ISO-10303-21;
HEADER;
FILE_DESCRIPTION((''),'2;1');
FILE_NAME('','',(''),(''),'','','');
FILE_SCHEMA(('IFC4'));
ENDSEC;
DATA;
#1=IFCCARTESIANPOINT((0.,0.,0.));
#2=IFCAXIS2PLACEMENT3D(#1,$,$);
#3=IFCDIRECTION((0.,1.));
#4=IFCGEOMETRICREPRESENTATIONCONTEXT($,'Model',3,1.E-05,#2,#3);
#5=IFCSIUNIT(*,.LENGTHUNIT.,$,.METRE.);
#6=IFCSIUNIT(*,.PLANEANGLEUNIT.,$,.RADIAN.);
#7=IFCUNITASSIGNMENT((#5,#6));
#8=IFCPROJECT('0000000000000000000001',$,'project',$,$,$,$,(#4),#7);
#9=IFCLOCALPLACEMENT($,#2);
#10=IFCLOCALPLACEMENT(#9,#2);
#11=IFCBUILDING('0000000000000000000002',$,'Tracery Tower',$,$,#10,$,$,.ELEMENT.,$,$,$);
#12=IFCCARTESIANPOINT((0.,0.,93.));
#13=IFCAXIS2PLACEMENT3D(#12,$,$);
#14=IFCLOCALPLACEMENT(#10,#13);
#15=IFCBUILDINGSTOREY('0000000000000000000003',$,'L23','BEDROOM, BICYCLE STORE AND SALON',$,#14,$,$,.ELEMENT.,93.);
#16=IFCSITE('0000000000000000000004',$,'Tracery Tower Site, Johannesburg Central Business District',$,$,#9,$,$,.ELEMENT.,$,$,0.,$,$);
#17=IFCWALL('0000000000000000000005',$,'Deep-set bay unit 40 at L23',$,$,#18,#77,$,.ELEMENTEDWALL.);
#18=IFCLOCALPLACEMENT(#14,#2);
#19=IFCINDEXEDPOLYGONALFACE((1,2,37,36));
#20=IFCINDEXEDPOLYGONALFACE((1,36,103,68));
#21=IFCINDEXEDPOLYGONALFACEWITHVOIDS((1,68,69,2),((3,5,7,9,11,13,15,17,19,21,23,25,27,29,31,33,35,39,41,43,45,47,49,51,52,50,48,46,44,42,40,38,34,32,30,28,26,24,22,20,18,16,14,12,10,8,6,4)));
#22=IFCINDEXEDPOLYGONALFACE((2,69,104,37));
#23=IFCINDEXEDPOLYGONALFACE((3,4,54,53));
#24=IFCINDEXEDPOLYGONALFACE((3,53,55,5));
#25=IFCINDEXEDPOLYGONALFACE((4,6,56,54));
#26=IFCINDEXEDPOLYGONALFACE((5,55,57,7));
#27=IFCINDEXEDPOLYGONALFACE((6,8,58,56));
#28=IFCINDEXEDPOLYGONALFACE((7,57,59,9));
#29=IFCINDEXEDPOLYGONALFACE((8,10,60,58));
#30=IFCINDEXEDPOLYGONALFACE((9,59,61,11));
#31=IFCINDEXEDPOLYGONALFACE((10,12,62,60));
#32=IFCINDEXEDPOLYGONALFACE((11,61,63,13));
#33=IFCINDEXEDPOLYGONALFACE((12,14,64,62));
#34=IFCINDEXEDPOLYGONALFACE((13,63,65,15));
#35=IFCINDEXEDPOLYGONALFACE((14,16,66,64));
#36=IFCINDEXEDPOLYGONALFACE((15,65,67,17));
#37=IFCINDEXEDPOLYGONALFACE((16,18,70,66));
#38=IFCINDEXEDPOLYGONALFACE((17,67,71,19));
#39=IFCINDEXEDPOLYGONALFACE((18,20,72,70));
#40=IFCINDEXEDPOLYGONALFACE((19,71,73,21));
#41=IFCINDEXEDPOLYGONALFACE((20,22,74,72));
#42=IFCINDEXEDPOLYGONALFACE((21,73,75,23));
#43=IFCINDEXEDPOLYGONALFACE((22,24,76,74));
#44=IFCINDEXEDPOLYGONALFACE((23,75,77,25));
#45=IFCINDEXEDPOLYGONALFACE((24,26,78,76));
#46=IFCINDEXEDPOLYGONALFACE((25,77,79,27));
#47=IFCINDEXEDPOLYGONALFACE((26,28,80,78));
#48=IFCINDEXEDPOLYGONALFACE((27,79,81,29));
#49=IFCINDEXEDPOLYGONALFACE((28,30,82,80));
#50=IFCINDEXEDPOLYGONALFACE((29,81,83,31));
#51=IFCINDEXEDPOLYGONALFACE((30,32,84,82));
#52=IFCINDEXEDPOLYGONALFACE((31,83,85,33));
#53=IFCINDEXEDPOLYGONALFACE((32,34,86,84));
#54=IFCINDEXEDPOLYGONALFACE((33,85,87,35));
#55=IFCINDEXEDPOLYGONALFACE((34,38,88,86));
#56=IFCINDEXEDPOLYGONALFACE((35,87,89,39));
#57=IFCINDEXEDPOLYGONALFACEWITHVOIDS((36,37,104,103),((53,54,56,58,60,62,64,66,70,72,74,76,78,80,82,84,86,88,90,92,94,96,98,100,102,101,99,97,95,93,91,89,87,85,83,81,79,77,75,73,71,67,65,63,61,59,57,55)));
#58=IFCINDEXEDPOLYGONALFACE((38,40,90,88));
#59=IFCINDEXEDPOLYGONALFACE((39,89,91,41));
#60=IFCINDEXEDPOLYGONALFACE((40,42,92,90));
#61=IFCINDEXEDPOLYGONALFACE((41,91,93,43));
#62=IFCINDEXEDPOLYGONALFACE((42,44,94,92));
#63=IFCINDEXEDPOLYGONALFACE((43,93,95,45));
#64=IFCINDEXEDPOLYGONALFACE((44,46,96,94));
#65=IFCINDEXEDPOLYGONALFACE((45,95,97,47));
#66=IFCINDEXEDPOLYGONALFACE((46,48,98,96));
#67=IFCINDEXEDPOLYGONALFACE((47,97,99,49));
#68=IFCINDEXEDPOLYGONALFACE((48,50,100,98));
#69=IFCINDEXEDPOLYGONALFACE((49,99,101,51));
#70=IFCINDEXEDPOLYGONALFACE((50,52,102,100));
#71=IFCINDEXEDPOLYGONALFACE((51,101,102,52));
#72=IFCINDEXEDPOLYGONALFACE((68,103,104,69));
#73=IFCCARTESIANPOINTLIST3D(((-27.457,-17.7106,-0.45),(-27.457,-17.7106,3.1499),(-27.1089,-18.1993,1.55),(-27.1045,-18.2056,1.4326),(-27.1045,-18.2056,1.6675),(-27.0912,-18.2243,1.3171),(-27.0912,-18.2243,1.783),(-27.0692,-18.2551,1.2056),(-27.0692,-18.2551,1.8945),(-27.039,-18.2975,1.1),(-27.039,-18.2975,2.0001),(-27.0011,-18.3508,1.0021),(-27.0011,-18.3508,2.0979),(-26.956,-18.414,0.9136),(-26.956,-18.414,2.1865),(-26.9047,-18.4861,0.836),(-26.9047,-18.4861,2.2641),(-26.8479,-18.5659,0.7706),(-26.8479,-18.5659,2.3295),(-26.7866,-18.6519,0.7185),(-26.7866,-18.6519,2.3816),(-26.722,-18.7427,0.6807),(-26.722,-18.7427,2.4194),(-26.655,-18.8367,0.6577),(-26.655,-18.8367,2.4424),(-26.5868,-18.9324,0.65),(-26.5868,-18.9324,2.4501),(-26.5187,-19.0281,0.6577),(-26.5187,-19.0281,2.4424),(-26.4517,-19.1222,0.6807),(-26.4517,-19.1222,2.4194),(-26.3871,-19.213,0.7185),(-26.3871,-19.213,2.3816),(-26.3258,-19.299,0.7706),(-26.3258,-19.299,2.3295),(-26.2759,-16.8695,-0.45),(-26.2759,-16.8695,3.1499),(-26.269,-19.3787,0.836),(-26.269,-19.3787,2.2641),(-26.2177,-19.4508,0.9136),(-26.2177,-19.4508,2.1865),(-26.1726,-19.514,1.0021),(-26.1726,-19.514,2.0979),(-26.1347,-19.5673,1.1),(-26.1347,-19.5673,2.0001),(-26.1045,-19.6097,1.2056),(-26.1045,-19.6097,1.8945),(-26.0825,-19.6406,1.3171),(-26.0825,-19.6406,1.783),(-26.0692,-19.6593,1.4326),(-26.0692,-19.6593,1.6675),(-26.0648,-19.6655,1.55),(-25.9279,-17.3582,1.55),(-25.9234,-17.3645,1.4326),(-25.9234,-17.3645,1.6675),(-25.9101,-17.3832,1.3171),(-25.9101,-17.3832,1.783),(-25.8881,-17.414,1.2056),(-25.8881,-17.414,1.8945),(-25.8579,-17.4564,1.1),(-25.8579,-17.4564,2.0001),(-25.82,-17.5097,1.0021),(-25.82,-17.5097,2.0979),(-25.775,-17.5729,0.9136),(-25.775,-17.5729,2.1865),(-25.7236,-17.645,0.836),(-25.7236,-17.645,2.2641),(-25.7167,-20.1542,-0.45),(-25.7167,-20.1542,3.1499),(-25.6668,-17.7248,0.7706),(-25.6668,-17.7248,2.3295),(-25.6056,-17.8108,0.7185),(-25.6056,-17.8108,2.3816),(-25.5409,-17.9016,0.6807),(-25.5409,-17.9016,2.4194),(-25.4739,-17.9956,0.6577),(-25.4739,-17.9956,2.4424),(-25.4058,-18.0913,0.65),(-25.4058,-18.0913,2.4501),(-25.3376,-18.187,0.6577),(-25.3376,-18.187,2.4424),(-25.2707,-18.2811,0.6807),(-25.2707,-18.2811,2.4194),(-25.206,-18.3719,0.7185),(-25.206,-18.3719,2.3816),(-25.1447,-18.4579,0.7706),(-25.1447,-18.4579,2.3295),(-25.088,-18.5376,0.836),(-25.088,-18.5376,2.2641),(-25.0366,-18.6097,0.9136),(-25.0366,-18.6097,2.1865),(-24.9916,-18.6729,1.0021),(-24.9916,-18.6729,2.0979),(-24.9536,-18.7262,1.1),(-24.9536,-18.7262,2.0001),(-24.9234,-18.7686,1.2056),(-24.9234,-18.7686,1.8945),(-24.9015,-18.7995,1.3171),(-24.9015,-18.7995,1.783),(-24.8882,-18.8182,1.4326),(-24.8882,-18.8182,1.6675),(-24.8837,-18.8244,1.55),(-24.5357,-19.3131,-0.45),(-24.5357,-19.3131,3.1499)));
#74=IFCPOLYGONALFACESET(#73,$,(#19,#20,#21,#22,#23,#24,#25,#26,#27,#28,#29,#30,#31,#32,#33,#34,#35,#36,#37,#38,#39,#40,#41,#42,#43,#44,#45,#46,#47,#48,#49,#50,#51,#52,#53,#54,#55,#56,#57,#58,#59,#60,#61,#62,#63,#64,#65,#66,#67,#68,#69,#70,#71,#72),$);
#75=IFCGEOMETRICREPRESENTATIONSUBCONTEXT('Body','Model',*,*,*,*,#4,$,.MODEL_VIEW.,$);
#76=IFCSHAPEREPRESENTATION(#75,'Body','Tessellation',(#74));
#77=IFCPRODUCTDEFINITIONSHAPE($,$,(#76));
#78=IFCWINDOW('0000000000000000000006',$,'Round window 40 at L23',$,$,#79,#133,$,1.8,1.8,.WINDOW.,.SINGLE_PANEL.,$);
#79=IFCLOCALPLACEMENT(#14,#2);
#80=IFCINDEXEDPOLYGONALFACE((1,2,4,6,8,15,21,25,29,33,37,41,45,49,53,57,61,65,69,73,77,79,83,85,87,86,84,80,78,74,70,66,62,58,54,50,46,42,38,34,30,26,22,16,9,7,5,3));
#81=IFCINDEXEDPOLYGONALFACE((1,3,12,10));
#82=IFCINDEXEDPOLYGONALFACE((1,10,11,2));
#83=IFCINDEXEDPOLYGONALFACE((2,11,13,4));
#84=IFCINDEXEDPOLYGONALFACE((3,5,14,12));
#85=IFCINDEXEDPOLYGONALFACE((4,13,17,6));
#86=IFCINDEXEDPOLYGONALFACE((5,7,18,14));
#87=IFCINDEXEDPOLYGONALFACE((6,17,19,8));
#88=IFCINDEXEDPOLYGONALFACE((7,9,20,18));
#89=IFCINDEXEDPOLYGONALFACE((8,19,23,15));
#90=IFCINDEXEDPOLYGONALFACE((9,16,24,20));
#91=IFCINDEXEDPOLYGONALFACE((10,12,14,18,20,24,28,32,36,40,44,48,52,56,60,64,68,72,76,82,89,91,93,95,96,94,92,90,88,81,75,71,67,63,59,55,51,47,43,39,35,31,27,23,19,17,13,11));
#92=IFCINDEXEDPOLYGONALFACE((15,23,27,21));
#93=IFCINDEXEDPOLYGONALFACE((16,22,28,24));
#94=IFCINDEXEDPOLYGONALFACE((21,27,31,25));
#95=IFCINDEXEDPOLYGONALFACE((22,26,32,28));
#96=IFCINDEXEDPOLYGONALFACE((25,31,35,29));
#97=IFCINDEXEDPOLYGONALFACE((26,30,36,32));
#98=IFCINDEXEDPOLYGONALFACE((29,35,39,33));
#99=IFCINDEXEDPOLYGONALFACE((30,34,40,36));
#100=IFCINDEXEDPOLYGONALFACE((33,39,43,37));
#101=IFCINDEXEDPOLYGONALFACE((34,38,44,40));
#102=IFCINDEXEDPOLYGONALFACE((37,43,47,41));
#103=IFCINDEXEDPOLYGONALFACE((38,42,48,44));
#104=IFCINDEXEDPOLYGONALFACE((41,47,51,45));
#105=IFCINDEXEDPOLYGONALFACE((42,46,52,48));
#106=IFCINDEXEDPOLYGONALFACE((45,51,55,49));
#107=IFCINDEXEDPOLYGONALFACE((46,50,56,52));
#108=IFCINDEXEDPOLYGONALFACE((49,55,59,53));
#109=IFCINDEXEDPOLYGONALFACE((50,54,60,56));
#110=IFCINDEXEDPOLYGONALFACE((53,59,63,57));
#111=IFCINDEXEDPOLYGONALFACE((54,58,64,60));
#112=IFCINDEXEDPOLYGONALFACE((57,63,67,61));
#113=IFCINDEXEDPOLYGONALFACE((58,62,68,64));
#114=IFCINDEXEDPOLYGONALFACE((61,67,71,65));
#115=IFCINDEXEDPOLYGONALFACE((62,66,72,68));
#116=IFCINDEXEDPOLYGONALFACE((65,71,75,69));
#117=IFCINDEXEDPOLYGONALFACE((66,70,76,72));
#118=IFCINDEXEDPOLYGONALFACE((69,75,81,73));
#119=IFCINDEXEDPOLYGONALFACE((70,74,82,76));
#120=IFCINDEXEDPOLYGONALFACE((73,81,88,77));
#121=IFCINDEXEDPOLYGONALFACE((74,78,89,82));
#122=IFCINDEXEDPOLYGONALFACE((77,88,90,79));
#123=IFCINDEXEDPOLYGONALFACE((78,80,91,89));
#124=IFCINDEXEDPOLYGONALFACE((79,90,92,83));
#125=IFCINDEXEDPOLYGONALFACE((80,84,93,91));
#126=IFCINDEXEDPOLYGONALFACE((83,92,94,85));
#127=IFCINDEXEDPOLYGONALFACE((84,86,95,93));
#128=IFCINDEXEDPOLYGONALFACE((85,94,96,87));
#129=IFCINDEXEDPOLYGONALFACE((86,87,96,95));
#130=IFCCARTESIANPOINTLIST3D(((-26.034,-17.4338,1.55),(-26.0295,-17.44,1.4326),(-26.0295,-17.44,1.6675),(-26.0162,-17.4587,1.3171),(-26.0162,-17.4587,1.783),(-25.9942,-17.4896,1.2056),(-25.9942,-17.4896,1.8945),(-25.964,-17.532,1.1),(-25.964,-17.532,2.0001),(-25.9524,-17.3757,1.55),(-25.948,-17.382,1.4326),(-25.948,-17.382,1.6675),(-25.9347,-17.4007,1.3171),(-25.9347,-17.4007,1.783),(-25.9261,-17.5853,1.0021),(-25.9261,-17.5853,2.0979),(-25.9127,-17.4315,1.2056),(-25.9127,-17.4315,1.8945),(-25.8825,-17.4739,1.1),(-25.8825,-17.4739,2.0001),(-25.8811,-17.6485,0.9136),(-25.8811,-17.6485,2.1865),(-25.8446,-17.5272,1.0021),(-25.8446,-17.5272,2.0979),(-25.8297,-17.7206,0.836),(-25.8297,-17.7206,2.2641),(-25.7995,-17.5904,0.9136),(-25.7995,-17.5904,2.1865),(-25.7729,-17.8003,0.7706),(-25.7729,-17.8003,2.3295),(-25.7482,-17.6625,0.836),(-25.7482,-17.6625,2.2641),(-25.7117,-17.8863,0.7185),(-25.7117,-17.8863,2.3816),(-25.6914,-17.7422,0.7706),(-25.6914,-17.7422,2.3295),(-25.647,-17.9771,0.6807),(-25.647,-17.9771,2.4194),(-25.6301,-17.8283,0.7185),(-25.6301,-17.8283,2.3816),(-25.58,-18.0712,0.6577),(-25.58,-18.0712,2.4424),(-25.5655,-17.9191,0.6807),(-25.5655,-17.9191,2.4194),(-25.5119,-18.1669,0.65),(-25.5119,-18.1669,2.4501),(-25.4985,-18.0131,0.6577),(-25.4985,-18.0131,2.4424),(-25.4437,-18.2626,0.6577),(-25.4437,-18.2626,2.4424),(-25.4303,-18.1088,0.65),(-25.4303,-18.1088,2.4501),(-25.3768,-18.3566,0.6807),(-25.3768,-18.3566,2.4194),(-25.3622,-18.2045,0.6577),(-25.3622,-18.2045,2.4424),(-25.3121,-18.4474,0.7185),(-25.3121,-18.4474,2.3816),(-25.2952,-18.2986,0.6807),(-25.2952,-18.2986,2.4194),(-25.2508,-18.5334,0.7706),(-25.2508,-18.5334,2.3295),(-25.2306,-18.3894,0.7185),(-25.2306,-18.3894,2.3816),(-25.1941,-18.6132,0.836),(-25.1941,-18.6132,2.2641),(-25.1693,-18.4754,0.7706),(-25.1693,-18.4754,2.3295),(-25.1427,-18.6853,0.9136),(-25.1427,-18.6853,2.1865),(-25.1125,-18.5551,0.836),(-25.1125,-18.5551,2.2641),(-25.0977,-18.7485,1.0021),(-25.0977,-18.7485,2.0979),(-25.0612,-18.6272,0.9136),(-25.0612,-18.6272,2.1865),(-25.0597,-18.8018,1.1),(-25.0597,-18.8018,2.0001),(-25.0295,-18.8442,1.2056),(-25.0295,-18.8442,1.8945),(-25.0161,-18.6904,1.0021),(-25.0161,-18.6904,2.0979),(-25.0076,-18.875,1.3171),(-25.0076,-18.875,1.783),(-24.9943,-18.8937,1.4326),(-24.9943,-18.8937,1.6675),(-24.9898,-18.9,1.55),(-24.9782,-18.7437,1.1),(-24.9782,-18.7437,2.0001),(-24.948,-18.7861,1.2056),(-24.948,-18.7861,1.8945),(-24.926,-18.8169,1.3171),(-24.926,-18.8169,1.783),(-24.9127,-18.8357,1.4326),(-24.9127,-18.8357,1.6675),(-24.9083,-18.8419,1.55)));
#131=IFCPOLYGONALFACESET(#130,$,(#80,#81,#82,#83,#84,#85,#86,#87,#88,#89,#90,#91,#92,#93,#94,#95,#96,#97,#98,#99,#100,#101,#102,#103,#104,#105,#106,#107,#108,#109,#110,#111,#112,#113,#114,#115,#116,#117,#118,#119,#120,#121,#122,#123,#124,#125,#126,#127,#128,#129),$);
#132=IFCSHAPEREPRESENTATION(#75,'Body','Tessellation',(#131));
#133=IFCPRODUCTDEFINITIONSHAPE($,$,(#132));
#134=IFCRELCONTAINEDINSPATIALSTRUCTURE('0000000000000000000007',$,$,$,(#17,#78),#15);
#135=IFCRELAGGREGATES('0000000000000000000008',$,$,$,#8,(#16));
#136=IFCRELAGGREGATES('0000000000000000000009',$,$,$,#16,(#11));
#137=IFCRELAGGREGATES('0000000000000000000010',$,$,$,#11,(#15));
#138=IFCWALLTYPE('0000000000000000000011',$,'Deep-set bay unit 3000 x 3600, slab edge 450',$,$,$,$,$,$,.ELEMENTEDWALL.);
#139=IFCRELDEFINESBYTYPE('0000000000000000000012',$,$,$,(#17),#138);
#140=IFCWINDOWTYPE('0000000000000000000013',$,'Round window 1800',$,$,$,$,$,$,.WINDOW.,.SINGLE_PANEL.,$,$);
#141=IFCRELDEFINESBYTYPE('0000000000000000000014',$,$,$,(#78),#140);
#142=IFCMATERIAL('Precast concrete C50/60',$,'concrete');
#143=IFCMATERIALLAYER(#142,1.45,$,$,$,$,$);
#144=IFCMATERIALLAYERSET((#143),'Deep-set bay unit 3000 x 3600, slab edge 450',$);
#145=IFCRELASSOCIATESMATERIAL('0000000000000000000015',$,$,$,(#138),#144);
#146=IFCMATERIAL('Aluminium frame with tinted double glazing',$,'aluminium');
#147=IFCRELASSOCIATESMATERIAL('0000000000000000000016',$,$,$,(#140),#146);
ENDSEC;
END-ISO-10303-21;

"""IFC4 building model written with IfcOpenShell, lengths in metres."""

from ifc_helpers import new_model, si_unit, direction, frame, frame_2d, origin, origin_2d, place, context, subcontext, project, spatial, rectangle, circle, extrude, material, layer, layer_set, type_object, element, fill, save


model = new_model("IFC4")

# Units and contexts
model_context = context("Model", 3, precision=1e-05, world=origin(), true_north=direction((0.0, 1.0)))
body_context = subcontext(model_context, "Body", "Model", "MODEL_VIEW")
ifc_project = project(units=[si_unit("LENGTHUNIT", "METRE"), si_unit("PLANEANGLEUNIT", "RADIAN")], contexts=[model_context])

# Site, building, storey
site_placement = place(None, origin())
site = spatial("IfcSite", under=ifc_project, at=site_placement, Name="Tracery Tower Site, Johannesburg Central Business District", CompositionType="ELEMENT", RefElevation=0.0)
building_placement = place(site_placement, origin())
building = spatial("IfcBuilding", under=site, at=building_placement, Name="Tracery Tower", CompositionType="ELEMENT")
storey_placement = place(building_placement, frame((0.0, 0.0, 93.0)))
storey = spatial("IfcBuildingStorey", under=building, at=storey_placement, Name="L23", Description="BEDROOM, BICYCLE STORE AND SALON", CompositionType="ELEMENT", Elevation=93.0)

# Wall, opening, window
ifc_material_1 = material(Name="Precast concrete C50/60", Category="concrete")
ifc_layer_1 = layer(ifc_material_1, 1.45)
ifc_layer_set_1 = layer_set([ifc_layer_1], Name="Deep-set bay unit 3000 x 3600, slab edge 450")
wall_type_1 = type_object("IfcWallType", Name="Deep-set bay unit 3000 x 3600, slab edge 450", PredefinedType="ELEMENTEDWALL", material=ifc_layer_set_1)
wall_1_placement = place(storey_placement, frame((-26.8665, -17.29, -0.45), z_axis=(0.0, 0.0, 1.0), x_axis=(0.580091, -0.814552, 0.0)))
wall_1 = element("IfcWall", 1, at=wall_1_placement, inside=storey, type_object=wall_type_1, Name="Deep-set bay unit 40 at L23", PredefinedType="ELEMENTEDWALL", context=body_context, shape_type="SweptSolid", body=[
    extrude(rectangle(XDim=3.0, YDim=1.45, at=frame_2d((1.5, 0.0))), origin(), (0.0, 0.0, 1.0), 3.5999),
])
opening_1_placement = place(wall_1_placement, frame((1.5, 0.0, 2.0)))
opening_1 = element("IfcOpeningElement", 2, at=opening_1_placement, cuts=wall_1, PredefinedType="OPENING", context=body_context, shape_type="SweptSolid", body=[
    extrude(circle(Radius=0.9, at=origin_2d()), frame((0.0, 0.7349, 0.0), z_axis=(0.0, -1.0, 0.0), x_axis=(1.0, 0.0, 0.0)), (0.0, 0.0, 1.0), 1.47),
])
ifc_material_2 = material(Name="Aluminium frame with tinted double glazing", Category="aluminium")
window_type = type_object("IfcWindowType", Name="Round window 1800", PartitioningType="SINGLE_PANEL", PredefinedType="WINDOW", material=ifc_material_2)
window_1_placement = place(opening_1_placement, origin())
window_1 = element("IfcWindow", 3, at=window_1_placement, inside=storey, type_object=window_type, Name="Round window 40 at L23", OverallHeight=1.8, OverallWidth=1.8, PartitioningType="SINGLE_PANEL", PredefinedType="WINDOW", context=body_context, shape_type="SweptSolid", body=[
    extrude(circle(Radius=0.9, at=origin_2d()), frame((0.0, 0.6948, 0.0), z_axis=(0.0, -1.0, 0.0), x_axis=(1.0, 0.0, 0.0)), (0.0, 0.0, 1.0), 0.1001),
])
fill(opening_1, window_1)

save(model, "model.ifc")
